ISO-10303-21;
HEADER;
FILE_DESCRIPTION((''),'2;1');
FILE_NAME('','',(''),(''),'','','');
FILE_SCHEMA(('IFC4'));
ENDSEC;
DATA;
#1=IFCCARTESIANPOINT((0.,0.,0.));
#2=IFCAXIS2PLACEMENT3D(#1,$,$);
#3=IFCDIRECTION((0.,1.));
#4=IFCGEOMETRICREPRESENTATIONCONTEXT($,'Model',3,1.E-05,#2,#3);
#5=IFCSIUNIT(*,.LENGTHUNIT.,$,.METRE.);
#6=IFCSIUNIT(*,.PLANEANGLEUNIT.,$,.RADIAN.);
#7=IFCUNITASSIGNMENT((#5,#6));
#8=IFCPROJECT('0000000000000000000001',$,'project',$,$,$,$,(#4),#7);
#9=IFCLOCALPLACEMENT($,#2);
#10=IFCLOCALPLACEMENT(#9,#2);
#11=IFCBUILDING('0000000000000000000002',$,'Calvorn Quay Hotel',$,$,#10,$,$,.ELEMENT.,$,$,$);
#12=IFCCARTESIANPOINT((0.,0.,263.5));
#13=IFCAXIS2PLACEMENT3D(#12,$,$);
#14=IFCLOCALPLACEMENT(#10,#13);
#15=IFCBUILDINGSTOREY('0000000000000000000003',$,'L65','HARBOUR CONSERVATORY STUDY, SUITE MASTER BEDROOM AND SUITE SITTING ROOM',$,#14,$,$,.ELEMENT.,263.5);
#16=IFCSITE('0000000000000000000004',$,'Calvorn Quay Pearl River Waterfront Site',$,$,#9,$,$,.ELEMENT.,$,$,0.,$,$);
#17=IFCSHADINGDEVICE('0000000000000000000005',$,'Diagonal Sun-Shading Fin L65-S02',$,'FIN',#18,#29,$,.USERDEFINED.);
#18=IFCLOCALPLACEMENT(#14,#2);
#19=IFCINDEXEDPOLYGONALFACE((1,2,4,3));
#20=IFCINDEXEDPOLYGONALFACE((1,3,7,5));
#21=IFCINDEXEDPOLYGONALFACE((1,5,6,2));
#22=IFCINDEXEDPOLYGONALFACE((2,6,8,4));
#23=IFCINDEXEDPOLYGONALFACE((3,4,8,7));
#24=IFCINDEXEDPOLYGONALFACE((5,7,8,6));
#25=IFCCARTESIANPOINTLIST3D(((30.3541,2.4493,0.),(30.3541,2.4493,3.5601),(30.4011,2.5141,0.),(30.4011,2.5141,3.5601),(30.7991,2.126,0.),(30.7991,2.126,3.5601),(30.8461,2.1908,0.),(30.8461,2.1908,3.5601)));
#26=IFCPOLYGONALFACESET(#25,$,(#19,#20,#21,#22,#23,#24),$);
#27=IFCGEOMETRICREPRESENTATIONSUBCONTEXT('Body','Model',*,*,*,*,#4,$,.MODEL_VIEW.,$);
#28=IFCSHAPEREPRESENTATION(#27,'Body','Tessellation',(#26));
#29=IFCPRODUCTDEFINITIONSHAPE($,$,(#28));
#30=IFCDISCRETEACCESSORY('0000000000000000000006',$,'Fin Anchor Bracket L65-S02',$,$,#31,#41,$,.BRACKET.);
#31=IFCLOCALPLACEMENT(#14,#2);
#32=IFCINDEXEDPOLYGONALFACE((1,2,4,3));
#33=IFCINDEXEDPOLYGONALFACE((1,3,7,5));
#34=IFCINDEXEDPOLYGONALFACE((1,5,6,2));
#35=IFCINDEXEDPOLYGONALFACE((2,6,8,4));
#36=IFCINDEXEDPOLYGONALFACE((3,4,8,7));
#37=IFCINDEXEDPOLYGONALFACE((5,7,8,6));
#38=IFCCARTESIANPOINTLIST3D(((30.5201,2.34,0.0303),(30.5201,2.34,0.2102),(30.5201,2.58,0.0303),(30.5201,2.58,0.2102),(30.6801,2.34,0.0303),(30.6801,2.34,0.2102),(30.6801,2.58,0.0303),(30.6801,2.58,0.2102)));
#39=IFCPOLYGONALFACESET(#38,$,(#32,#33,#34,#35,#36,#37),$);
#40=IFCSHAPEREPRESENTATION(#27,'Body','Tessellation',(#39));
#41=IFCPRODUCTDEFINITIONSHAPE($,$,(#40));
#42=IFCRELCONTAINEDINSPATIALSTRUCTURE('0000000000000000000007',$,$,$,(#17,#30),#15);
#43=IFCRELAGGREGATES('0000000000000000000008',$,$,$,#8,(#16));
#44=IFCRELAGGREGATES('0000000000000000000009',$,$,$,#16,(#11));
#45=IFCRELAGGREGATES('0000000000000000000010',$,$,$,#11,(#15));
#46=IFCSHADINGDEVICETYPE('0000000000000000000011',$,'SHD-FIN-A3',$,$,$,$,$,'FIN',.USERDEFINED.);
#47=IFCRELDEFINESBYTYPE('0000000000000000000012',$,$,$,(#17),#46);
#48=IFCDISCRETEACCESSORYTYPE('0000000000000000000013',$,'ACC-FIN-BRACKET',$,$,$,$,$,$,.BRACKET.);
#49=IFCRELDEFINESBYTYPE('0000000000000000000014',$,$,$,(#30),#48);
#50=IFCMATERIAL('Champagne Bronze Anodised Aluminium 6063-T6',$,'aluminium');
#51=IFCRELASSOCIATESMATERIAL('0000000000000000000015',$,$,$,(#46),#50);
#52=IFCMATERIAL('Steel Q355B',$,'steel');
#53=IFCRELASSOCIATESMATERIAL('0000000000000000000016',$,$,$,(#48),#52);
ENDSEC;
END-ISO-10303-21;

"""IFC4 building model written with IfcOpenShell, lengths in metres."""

from ifc_helpers import new_model, si_unit, direction, frame, origin, origin_2d, place, context, subcontext, project, spatial, rectangle, extrude, material, type_object, element, save


model = new_model("IFC4")

# Units and contexts
model_context = context("Model", 3, precision=1e-05, world=origin(), true_north=direction((0.0, 1.0)))
body_context = subcontext(model_context, "Body", "Model", "MODEL_VIEW")
ifc_project = project(units=[si_unit("LENGTHUNIT", "METRE"), si_unit("PLANEANGLEUNIT", "RADIAN")], contexts=[model_context])

# Site, building, storey
site_placement = place(None, origin())
site = spatial("IfcSite", under=ifc_project, at=site_placement, Name="Calvorn Quay Pearl River Waterfront Site", CompositionType="ELEMENT", RefElevation=0.0)
building_placement = place(site_placement, origin())
building = spatial("IfcBuilding", under=site, at=building_placement, Name="Calvorn Quay Hotel", CompositionType="ELEMENT")
storey_placement = place(building_placement, frame((0.0, 0.0, 263.5)))
storey = spatial("IfcBuildingStorey", under=building, at=storey_placement, Name="L65", Description="HARBOUR CONSERVATORY STUDY, SUITE MASTER BEDROOM AND SUITE SITTING ROOM", CompositionType="ELEMENT", Elevation=263.5)

# Shading device
ifc_material_1 = material(Name="Champagne Bronze Anodised Aluminium 6063-T6", Category="aluminium")
shading_device_type = type_object("IfcShadingDeviceType", Name="SHD-FIN-A3", ElementType="FIN", PredefinedType="USERDEFINED", material=ifc_material_1)
shading_device_placement = place(storey_placement, frame((30.6001, 2.3201, 0.0), z_axis=(0.0, 0.0, 1.0), x_axis=(-0.809017, 0.587785, 0.0)))
element("IfcShadingDevice", 1, at=shading_device_placement, inside=storey, type_object=shading_device_type, Name="Diagonal Sun-Shading Fin L65-S02", ObjectType="FIN", PredefinedType="USERDEFINED", context=body_context, shape_type="SweptSolid", body=[
    extrude(rectangle(XDim=0.55, YDim=0.0801, at=origin_2d()), origin(), (0.0, 0.0, 1.0), 3.5601),
])

# Discrete accessory
ifc_material_2 = material(Name="Steel Q355B", Category="steel")
discrete_accessory_type = type_object("IfcDiscreteAccessoryType", Name="ACC-FIN-BRACKET", PredefinedType="BRACKET", material=ifc_material_2)
discrete_accessory_placement = place(storey_placement, frame((30.6001, 2.46, 0.0303), z_axis=(0.0, 0.0, 1.0), x_axis=(0.0, 1.0, 0.0)))
element("IfcDiscreteAccessory", 2, at=discrete_accessory_placement, inside=storey, type_object=discrete_accessory_type, Name="Fin Anchor Bracket L65-S02", PredefinedType="BRACKET", context=body_context, shape_type="SweptSolid", body=[
    extrude(rectangle(XDim=0.24, YDim=0.1599, at=origin_2d()), origin(), (0.0, 0.0, 1.0), 0.1799),
])

save(model, "model.ifc")
